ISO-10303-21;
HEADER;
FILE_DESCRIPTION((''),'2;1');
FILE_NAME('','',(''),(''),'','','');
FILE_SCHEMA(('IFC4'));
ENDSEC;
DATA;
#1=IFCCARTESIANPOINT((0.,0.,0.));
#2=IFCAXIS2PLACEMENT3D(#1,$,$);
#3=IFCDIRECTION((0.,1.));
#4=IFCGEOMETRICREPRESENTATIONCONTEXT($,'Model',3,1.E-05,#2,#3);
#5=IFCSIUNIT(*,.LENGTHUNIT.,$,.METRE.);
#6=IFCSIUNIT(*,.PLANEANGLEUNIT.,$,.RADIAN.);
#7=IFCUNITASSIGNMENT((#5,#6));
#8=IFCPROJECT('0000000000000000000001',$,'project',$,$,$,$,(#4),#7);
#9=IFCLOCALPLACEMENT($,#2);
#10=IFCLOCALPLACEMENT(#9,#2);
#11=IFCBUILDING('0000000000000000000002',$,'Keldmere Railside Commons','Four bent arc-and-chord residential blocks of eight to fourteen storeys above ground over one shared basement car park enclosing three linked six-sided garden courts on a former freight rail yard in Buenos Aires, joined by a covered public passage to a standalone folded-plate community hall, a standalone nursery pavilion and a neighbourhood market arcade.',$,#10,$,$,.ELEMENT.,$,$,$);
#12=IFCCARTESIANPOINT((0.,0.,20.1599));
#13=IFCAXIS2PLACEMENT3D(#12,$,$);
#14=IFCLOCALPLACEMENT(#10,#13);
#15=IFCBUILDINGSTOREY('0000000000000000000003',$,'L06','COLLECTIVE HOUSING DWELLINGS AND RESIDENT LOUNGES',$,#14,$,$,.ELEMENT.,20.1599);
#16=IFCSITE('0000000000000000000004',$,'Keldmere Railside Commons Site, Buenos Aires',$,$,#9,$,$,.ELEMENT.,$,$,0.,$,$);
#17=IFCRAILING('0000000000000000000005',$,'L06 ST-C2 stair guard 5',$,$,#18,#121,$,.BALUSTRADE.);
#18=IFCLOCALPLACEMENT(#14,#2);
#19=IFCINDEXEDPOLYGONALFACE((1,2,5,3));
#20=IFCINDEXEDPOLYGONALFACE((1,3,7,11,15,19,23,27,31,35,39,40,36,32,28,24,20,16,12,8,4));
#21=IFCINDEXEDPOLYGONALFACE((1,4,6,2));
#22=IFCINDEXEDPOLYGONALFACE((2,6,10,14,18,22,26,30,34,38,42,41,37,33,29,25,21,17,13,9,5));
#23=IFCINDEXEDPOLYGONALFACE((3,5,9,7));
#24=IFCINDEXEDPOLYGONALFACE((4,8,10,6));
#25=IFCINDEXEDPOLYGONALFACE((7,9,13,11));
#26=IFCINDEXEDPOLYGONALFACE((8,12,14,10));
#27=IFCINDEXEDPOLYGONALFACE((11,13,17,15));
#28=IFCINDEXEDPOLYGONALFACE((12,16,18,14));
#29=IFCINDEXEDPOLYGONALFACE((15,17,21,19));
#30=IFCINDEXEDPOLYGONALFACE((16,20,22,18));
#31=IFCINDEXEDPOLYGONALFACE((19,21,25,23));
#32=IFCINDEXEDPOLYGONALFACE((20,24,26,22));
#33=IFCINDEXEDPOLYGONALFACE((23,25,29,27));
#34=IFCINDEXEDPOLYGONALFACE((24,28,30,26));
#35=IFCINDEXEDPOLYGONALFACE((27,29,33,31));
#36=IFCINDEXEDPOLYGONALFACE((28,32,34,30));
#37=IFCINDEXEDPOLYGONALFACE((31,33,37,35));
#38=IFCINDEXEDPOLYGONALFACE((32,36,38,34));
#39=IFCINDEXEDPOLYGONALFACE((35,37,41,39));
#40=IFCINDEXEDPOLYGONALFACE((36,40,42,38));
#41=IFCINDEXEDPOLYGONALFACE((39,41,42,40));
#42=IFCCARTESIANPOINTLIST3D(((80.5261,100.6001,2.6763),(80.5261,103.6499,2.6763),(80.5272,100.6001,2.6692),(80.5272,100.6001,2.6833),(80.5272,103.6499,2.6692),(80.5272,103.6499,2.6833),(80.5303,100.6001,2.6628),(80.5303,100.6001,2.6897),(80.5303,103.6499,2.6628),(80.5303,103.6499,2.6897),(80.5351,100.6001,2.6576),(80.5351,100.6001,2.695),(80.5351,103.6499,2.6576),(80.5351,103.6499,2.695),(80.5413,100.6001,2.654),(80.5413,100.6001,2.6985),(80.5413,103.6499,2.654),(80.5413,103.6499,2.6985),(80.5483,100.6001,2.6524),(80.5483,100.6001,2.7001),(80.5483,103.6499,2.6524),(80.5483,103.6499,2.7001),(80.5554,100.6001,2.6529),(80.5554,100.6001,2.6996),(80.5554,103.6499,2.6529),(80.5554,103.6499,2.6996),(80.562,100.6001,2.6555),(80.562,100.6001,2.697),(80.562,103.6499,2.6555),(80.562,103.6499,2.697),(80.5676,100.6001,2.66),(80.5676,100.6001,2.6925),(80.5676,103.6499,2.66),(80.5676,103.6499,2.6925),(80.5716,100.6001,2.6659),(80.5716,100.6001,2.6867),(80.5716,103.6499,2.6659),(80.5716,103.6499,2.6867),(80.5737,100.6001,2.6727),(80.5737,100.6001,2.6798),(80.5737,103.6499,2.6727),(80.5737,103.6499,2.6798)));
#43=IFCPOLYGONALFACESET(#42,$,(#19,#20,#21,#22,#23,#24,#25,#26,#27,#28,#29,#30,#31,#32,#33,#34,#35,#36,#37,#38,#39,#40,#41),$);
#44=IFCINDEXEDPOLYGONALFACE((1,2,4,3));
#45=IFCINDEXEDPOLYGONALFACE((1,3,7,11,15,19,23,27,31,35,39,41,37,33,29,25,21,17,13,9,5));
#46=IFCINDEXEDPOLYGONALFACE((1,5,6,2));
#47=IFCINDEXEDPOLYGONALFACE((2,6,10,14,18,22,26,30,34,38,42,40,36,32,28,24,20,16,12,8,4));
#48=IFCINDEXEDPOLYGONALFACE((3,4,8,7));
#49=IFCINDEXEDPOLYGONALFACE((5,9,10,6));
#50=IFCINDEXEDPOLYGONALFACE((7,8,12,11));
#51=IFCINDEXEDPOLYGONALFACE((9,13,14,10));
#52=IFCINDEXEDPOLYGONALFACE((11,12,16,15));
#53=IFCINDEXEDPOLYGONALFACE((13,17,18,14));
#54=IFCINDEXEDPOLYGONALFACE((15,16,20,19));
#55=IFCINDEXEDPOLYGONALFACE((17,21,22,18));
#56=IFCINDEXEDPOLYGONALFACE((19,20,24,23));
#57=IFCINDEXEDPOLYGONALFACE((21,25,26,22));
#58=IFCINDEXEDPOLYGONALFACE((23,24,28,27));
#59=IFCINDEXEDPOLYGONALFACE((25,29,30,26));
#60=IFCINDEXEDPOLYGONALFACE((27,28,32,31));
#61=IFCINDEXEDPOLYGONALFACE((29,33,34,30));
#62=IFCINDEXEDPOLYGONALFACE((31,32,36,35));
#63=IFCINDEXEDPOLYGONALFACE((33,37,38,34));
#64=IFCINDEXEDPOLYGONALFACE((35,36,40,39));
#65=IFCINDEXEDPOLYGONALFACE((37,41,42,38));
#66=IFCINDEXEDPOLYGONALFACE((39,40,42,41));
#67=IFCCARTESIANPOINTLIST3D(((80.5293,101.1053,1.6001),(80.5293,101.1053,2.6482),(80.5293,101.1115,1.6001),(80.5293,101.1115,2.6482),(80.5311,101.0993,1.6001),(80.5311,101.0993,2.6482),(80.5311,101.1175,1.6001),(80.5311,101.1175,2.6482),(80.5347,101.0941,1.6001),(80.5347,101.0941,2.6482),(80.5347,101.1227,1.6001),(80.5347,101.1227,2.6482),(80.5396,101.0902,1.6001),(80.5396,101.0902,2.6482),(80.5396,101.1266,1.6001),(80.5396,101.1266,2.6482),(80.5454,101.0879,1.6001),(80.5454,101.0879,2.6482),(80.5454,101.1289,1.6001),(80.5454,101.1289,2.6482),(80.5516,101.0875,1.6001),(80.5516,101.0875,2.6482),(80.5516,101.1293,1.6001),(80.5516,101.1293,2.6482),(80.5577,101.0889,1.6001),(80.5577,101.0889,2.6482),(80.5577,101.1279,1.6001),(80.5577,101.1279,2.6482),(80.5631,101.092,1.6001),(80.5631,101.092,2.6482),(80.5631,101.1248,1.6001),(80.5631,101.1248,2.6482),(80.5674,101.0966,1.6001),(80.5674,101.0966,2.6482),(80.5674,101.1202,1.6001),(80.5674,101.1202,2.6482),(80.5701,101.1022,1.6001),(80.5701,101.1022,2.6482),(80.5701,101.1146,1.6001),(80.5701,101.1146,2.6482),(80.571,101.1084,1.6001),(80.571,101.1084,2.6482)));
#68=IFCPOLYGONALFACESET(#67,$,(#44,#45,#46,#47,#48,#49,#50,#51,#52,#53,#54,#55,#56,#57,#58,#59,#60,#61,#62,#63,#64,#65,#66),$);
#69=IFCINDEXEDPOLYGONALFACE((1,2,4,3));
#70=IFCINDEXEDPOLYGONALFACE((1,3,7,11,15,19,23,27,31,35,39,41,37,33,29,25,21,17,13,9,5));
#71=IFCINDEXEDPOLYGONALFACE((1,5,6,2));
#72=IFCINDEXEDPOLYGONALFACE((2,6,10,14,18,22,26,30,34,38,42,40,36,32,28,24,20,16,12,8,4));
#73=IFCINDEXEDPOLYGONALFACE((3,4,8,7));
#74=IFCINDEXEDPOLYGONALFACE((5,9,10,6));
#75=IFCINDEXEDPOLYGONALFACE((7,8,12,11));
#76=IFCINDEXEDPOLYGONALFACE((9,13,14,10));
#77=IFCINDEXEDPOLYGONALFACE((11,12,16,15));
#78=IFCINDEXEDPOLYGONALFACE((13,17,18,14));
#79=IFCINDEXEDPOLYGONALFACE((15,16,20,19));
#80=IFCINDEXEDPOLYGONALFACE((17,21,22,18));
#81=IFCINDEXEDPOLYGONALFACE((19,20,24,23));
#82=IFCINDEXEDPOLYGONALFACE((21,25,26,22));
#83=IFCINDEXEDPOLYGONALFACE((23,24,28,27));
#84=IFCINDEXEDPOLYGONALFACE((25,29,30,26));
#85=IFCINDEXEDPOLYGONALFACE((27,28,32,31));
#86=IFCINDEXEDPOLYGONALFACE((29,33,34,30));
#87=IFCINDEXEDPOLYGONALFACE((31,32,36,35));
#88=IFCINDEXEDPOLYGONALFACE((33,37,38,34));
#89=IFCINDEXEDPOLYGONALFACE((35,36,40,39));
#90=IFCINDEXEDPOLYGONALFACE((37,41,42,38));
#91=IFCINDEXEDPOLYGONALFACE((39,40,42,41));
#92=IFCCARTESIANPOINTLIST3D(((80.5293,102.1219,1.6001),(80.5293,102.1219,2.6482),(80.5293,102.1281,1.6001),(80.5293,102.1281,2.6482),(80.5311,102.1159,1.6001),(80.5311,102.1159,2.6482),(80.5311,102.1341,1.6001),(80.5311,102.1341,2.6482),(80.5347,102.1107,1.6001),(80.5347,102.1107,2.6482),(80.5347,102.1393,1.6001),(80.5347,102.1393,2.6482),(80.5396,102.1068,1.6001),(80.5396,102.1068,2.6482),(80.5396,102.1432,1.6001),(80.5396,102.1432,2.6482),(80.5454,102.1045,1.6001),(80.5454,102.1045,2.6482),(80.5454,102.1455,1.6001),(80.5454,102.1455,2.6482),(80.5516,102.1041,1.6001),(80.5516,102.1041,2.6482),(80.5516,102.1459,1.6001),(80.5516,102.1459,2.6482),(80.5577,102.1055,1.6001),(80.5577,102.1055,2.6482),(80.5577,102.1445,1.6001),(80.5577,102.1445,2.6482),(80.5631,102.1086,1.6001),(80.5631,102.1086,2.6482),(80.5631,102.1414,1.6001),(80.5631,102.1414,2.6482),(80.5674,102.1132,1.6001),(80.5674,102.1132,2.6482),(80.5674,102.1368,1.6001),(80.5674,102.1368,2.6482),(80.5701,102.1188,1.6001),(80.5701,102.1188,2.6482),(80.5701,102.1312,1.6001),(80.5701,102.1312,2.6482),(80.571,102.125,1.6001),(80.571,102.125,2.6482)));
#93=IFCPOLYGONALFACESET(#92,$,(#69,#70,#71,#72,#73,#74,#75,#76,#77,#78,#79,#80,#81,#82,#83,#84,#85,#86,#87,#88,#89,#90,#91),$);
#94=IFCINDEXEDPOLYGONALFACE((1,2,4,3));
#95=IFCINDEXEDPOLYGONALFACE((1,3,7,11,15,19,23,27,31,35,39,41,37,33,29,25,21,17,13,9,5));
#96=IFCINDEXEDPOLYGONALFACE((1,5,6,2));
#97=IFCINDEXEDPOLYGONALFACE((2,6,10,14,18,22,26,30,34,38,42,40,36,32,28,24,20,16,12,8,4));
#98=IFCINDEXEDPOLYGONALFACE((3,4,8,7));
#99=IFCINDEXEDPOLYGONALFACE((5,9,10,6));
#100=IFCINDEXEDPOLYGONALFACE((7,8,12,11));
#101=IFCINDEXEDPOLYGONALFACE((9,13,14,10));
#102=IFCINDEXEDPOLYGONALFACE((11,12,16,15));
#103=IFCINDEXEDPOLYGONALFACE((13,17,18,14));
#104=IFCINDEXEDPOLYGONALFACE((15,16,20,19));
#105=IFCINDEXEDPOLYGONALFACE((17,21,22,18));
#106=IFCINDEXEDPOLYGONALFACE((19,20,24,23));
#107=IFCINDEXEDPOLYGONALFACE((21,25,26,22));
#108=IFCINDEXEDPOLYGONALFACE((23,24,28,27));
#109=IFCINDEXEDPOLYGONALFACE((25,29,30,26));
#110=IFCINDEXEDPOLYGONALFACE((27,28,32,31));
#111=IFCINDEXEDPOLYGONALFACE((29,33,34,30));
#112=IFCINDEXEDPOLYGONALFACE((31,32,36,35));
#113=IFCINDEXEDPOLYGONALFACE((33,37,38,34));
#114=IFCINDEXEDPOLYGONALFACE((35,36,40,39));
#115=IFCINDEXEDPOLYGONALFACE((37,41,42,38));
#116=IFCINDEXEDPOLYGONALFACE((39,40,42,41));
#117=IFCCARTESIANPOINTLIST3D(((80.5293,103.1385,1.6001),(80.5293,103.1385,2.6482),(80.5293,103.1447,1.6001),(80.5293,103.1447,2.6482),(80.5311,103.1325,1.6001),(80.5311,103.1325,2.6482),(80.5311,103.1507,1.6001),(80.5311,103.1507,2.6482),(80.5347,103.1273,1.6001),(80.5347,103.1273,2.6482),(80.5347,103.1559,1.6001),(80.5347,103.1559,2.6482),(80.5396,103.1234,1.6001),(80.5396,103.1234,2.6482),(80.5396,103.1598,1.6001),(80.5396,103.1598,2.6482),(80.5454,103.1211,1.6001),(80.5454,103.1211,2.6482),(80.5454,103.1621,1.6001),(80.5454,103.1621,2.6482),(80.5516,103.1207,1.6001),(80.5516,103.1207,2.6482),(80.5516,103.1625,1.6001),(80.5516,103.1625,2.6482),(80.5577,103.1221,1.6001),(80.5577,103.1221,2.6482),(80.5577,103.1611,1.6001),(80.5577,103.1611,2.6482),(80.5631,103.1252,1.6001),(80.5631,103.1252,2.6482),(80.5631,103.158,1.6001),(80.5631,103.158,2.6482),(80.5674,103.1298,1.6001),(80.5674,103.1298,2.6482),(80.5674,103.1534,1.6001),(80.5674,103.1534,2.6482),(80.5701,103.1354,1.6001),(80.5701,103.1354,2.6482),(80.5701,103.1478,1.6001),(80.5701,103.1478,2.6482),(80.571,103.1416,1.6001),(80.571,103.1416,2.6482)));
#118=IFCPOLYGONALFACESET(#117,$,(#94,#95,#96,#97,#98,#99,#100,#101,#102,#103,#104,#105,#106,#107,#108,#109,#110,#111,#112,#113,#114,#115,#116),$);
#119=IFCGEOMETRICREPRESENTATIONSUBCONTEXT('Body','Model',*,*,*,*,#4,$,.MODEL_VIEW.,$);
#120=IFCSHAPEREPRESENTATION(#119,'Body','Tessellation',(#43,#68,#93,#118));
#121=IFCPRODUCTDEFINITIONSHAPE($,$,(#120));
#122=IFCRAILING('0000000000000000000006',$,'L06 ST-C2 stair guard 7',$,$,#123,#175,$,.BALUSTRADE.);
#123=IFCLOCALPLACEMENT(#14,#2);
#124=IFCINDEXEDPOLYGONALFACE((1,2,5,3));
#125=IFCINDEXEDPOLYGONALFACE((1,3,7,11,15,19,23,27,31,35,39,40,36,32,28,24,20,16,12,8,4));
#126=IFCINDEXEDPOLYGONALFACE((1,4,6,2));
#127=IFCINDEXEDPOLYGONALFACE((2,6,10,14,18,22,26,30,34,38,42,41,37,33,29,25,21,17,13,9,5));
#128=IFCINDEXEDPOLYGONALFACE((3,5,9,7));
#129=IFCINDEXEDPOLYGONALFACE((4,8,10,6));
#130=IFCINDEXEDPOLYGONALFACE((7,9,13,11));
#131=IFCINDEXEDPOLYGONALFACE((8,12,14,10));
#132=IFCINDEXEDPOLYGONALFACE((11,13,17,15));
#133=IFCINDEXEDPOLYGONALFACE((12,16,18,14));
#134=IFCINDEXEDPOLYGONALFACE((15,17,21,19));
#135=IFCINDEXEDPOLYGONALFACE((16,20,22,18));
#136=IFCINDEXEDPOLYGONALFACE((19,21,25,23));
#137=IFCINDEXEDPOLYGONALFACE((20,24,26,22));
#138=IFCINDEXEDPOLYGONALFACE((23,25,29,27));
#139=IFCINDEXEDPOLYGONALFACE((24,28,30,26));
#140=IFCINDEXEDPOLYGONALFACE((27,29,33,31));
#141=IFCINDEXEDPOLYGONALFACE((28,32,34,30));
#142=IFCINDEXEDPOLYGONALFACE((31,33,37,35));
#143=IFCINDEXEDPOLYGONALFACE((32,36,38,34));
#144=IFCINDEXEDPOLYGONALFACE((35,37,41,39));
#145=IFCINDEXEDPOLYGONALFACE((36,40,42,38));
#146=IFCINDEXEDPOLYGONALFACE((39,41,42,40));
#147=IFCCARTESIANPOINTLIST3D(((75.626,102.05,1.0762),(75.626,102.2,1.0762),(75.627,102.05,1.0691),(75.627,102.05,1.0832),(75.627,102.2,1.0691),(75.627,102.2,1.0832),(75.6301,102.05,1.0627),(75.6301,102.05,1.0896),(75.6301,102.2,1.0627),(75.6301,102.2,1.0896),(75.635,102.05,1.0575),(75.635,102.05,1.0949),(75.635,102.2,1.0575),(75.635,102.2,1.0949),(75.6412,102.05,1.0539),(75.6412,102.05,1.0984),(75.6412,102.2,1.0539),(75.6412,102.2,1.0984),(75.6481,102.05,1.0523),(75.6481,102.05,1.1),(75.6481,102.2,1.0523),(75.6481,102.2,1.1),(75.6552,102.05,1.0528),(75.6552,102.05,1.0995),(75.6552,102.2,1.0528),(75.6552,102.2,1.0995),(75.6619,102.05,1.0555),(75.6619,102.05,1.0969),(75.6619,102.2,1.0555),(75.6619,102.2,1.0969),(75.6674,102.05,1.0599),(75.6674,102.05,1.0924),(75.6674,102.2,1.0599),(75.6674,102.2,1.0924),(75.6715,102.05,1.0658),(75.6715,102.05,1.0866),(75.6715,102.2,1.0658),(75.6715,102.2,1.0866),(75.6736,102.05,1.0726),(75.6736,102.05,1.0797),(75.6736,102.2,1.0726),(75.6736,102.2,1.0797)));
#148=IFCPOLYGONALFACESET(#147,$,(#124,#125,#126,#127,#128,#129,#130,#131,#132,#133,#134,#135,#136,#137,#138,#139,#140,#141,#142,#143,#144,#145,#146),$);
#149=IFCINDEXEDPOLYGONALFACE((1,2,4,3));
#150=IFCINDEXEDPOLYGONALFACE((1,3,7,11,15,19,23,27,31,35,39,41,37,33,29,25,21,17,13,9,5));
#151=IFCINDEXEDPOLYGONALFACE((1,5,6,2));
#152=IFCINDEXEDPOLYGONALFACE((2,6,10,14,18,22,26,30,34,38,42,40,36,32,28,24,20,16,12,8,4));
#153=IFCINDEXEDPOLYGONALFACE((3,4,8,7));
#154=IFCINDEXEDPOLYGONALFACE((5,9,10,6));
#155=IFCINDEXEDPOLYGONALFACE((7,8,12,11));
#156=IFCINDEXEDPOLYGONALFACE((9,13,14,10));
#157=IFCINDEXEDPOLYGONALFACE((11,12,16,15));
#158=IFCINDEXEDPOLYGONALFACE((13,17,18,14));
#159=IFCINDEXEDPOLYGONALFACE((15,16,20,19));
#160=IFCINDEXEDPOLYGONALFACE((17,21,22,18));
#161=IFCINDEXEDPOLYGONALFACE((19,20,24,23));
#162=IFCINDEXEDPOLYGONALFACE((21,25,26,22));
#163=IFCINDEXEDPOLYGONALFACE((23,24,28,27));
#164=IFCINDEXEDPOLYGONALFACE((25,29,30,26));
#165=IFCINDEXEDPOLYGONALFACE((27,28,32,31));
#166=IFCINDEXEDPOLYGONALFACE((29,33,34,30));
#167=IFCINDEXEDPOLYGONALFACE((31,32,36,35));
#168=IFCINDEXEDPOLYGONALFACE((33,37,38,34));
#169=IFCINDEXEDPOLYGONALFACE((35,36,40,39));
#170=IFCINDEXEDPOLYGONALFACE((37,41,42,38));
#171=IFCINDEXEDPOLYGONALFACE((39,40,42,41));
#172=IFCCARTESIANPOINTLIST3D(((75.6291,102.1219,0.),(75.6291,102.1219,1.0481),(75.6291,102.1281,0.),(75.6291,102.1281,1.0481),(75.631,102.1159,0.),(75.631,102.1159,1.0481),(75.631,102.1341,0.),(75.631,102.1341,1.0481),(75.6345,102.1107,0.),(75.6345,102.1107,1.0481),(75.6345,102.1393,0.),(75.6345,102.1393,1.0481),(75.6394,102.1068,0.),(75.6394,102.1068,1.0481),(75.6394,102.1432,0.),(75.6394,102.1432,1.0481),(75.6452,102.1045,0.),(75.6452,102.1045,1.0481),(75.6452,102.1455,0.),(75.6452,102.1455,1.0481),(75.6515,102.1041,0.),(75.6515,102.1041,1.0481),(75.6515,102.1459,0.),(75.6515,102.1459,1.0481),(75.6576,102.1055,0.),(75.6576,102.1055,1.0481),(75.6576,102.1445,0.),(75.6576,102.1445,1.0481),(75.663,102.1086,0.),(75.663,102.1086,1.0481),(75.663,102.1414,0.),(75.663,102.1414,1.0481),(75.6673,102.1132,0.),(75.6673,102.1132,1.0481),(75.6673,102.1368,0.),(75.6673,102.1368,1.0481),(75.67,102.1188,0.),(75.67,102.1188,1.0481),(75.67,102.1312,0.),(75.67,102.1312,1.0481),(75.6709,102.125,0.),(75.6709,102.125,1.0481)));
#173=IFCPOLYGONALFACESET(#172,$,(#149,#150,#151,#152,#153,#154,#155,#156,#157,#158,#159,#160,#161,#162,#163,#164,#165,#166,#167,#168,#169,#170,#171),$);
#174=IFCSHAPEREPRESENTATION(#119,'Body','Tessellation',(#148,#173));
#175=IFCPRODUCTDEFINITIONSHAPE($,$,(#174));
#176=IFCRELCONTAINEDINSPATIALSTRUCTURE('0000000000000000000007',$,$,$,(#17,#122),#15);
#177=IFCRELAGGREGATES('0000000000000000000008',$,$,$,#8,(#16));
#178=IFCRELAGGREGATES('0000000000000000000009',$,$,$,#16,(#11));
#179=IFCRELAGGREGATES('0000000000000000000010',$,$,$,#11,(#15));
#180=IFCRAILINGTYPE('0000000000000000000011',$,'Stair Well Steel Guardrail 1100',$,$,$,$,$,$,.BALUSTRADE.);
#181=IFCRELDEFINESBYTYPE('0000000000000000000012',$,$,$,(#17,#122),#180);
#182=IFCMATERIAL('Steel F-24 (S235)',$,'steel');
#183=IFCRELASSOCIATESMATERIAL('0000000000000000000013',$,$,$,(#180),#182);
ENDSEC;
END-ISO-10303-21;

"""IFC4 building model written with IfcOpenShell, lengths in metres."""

from ifc_helpers import new_model, si_unit, direction, frame, origin, origin_2d, place, context, subcontext, project, spatial, circle, extrude, material, type_object, element, save


model = new_model("IFC4")

# Units and contexts
model_context = context("Model", 3, precision=1e-05, world=origin(), true_north=direction((0.0, 1.0)))
body_context = subcontext(model_context, "Body", "Model", "MODEL_VIEW")
ifc_project = project(units=[si_unit("LENGTHUNIT", "METRE"), si_unit("PLANEANGLEUNIT", "RADIAN")], contexts=[model_context])

# Site, building, storey
site_placement = place(None, origin())
site = spatial("IfcSite", under=ifc_project, at=site_placement, Name="Keldmere Railside Commons Site, Buenos Aires", CompositionType="ELEMENT", RefElevation=0.0)
building_placement = place(site_placement, origin())
building = spatial("IfcBuilding", under=site, at=building_placement, Name="Keldmere Railside Commons", Description="Four bent arc-and-chord residential blocks of eight to fourteen storeys above ground over one shared basement car park enclosing three linked six-sided garden courts on a former freight rail yard in Buenos Aires, joined by a covered public passage to a standalone folded-plate community hall, a standalone nursery pavilion and a neighbourhood market arcade.", CompositionType="ELEMENT")
storey_placement = place(building_placement, frame((0.0, 0.0, 20.1599)))
storey = spatial("IfcBuildingStorey", under=building, at=storey_placement, Name="L06", Description="COLLECTIVE HOUSING DWELLINGS AND RESIDENT LOUNGES", CompositionType="ELEMENT", Elevation=20.1599)

# Railings
ifc_material_1 = material(Name="Steel F-24 (S235)", Category="steel")
railing_type_1 = type_object("IfcRailingType", Name="Stair Well Steel Guardrail 1100", PredefinedType="BALUSTRADE", material=ifc_material_1)
railing_1_placement = place(storey_placement, frame((80.55, 100.6001, 1.6001)))
element("IfcRailing", 1, at=railing_1_placement, inside=storey, type_object=railing_type_1, Name="L06 ST-C2 stair guard 5", PredefinedType="BALUSTRADE", context=body_context, shape_type="SweptSolid", body=[
    extrude(circle(Radius=0.0239, at=origin_2d()), frame((0.0, 0.0, 1.0762), z_axis=(0.0, 1.0, 0.0), x_axis=(-1.0, 0.0, 0.0)), (0.0, 0.0, 1.0), 3.0498),
    extrude(circle(Radius=0.021, at=origin_2d()), frame((0.0, 0.5083, 0.0)), (0.0, 0.0, 1.0), 1.0481),
    extrude(circle(Radius=0.021, at=origin_2d()), frame((0.0, 1.5249, 0.0)), (0.0, 0.0, 1.0), 1.0481),
    extrude(circle(Radius=0.021, at=origin_2d()), frame((0.0, 2.5415, 0.0)), (0.0, 0.0, 1.0), 1.0481),
])
railing_2_placement = place(storey_placement, frame((75.6499, 102.05, 0.0)))
element("IfcRailing", 2, at=railing_2_placement, inside=storey, type_object=railing_type_1, Name="L06 ST-C2 stair guard 7", PredefinedType="BALUSTRADE", context=body_context, shape_type="SweptSolid", body=[
    extrude(circle(Radius=0.0239, at=origin_2d()), frame((0.0, 0.0, 1.0762), z_axis=(0.0, 1.0, 0.0), x_axis=(-1.0, 0.0, 0.0)), (0.0, 0.0, 1.0), 0.1499),
    extrude(circle(Radius=0.021, at=origin_2d()), frame((0.0, 0.075, 0.0)), (0.0, 0.0, 1.0), 1.0481),
])

save(model, "model.ifc")
